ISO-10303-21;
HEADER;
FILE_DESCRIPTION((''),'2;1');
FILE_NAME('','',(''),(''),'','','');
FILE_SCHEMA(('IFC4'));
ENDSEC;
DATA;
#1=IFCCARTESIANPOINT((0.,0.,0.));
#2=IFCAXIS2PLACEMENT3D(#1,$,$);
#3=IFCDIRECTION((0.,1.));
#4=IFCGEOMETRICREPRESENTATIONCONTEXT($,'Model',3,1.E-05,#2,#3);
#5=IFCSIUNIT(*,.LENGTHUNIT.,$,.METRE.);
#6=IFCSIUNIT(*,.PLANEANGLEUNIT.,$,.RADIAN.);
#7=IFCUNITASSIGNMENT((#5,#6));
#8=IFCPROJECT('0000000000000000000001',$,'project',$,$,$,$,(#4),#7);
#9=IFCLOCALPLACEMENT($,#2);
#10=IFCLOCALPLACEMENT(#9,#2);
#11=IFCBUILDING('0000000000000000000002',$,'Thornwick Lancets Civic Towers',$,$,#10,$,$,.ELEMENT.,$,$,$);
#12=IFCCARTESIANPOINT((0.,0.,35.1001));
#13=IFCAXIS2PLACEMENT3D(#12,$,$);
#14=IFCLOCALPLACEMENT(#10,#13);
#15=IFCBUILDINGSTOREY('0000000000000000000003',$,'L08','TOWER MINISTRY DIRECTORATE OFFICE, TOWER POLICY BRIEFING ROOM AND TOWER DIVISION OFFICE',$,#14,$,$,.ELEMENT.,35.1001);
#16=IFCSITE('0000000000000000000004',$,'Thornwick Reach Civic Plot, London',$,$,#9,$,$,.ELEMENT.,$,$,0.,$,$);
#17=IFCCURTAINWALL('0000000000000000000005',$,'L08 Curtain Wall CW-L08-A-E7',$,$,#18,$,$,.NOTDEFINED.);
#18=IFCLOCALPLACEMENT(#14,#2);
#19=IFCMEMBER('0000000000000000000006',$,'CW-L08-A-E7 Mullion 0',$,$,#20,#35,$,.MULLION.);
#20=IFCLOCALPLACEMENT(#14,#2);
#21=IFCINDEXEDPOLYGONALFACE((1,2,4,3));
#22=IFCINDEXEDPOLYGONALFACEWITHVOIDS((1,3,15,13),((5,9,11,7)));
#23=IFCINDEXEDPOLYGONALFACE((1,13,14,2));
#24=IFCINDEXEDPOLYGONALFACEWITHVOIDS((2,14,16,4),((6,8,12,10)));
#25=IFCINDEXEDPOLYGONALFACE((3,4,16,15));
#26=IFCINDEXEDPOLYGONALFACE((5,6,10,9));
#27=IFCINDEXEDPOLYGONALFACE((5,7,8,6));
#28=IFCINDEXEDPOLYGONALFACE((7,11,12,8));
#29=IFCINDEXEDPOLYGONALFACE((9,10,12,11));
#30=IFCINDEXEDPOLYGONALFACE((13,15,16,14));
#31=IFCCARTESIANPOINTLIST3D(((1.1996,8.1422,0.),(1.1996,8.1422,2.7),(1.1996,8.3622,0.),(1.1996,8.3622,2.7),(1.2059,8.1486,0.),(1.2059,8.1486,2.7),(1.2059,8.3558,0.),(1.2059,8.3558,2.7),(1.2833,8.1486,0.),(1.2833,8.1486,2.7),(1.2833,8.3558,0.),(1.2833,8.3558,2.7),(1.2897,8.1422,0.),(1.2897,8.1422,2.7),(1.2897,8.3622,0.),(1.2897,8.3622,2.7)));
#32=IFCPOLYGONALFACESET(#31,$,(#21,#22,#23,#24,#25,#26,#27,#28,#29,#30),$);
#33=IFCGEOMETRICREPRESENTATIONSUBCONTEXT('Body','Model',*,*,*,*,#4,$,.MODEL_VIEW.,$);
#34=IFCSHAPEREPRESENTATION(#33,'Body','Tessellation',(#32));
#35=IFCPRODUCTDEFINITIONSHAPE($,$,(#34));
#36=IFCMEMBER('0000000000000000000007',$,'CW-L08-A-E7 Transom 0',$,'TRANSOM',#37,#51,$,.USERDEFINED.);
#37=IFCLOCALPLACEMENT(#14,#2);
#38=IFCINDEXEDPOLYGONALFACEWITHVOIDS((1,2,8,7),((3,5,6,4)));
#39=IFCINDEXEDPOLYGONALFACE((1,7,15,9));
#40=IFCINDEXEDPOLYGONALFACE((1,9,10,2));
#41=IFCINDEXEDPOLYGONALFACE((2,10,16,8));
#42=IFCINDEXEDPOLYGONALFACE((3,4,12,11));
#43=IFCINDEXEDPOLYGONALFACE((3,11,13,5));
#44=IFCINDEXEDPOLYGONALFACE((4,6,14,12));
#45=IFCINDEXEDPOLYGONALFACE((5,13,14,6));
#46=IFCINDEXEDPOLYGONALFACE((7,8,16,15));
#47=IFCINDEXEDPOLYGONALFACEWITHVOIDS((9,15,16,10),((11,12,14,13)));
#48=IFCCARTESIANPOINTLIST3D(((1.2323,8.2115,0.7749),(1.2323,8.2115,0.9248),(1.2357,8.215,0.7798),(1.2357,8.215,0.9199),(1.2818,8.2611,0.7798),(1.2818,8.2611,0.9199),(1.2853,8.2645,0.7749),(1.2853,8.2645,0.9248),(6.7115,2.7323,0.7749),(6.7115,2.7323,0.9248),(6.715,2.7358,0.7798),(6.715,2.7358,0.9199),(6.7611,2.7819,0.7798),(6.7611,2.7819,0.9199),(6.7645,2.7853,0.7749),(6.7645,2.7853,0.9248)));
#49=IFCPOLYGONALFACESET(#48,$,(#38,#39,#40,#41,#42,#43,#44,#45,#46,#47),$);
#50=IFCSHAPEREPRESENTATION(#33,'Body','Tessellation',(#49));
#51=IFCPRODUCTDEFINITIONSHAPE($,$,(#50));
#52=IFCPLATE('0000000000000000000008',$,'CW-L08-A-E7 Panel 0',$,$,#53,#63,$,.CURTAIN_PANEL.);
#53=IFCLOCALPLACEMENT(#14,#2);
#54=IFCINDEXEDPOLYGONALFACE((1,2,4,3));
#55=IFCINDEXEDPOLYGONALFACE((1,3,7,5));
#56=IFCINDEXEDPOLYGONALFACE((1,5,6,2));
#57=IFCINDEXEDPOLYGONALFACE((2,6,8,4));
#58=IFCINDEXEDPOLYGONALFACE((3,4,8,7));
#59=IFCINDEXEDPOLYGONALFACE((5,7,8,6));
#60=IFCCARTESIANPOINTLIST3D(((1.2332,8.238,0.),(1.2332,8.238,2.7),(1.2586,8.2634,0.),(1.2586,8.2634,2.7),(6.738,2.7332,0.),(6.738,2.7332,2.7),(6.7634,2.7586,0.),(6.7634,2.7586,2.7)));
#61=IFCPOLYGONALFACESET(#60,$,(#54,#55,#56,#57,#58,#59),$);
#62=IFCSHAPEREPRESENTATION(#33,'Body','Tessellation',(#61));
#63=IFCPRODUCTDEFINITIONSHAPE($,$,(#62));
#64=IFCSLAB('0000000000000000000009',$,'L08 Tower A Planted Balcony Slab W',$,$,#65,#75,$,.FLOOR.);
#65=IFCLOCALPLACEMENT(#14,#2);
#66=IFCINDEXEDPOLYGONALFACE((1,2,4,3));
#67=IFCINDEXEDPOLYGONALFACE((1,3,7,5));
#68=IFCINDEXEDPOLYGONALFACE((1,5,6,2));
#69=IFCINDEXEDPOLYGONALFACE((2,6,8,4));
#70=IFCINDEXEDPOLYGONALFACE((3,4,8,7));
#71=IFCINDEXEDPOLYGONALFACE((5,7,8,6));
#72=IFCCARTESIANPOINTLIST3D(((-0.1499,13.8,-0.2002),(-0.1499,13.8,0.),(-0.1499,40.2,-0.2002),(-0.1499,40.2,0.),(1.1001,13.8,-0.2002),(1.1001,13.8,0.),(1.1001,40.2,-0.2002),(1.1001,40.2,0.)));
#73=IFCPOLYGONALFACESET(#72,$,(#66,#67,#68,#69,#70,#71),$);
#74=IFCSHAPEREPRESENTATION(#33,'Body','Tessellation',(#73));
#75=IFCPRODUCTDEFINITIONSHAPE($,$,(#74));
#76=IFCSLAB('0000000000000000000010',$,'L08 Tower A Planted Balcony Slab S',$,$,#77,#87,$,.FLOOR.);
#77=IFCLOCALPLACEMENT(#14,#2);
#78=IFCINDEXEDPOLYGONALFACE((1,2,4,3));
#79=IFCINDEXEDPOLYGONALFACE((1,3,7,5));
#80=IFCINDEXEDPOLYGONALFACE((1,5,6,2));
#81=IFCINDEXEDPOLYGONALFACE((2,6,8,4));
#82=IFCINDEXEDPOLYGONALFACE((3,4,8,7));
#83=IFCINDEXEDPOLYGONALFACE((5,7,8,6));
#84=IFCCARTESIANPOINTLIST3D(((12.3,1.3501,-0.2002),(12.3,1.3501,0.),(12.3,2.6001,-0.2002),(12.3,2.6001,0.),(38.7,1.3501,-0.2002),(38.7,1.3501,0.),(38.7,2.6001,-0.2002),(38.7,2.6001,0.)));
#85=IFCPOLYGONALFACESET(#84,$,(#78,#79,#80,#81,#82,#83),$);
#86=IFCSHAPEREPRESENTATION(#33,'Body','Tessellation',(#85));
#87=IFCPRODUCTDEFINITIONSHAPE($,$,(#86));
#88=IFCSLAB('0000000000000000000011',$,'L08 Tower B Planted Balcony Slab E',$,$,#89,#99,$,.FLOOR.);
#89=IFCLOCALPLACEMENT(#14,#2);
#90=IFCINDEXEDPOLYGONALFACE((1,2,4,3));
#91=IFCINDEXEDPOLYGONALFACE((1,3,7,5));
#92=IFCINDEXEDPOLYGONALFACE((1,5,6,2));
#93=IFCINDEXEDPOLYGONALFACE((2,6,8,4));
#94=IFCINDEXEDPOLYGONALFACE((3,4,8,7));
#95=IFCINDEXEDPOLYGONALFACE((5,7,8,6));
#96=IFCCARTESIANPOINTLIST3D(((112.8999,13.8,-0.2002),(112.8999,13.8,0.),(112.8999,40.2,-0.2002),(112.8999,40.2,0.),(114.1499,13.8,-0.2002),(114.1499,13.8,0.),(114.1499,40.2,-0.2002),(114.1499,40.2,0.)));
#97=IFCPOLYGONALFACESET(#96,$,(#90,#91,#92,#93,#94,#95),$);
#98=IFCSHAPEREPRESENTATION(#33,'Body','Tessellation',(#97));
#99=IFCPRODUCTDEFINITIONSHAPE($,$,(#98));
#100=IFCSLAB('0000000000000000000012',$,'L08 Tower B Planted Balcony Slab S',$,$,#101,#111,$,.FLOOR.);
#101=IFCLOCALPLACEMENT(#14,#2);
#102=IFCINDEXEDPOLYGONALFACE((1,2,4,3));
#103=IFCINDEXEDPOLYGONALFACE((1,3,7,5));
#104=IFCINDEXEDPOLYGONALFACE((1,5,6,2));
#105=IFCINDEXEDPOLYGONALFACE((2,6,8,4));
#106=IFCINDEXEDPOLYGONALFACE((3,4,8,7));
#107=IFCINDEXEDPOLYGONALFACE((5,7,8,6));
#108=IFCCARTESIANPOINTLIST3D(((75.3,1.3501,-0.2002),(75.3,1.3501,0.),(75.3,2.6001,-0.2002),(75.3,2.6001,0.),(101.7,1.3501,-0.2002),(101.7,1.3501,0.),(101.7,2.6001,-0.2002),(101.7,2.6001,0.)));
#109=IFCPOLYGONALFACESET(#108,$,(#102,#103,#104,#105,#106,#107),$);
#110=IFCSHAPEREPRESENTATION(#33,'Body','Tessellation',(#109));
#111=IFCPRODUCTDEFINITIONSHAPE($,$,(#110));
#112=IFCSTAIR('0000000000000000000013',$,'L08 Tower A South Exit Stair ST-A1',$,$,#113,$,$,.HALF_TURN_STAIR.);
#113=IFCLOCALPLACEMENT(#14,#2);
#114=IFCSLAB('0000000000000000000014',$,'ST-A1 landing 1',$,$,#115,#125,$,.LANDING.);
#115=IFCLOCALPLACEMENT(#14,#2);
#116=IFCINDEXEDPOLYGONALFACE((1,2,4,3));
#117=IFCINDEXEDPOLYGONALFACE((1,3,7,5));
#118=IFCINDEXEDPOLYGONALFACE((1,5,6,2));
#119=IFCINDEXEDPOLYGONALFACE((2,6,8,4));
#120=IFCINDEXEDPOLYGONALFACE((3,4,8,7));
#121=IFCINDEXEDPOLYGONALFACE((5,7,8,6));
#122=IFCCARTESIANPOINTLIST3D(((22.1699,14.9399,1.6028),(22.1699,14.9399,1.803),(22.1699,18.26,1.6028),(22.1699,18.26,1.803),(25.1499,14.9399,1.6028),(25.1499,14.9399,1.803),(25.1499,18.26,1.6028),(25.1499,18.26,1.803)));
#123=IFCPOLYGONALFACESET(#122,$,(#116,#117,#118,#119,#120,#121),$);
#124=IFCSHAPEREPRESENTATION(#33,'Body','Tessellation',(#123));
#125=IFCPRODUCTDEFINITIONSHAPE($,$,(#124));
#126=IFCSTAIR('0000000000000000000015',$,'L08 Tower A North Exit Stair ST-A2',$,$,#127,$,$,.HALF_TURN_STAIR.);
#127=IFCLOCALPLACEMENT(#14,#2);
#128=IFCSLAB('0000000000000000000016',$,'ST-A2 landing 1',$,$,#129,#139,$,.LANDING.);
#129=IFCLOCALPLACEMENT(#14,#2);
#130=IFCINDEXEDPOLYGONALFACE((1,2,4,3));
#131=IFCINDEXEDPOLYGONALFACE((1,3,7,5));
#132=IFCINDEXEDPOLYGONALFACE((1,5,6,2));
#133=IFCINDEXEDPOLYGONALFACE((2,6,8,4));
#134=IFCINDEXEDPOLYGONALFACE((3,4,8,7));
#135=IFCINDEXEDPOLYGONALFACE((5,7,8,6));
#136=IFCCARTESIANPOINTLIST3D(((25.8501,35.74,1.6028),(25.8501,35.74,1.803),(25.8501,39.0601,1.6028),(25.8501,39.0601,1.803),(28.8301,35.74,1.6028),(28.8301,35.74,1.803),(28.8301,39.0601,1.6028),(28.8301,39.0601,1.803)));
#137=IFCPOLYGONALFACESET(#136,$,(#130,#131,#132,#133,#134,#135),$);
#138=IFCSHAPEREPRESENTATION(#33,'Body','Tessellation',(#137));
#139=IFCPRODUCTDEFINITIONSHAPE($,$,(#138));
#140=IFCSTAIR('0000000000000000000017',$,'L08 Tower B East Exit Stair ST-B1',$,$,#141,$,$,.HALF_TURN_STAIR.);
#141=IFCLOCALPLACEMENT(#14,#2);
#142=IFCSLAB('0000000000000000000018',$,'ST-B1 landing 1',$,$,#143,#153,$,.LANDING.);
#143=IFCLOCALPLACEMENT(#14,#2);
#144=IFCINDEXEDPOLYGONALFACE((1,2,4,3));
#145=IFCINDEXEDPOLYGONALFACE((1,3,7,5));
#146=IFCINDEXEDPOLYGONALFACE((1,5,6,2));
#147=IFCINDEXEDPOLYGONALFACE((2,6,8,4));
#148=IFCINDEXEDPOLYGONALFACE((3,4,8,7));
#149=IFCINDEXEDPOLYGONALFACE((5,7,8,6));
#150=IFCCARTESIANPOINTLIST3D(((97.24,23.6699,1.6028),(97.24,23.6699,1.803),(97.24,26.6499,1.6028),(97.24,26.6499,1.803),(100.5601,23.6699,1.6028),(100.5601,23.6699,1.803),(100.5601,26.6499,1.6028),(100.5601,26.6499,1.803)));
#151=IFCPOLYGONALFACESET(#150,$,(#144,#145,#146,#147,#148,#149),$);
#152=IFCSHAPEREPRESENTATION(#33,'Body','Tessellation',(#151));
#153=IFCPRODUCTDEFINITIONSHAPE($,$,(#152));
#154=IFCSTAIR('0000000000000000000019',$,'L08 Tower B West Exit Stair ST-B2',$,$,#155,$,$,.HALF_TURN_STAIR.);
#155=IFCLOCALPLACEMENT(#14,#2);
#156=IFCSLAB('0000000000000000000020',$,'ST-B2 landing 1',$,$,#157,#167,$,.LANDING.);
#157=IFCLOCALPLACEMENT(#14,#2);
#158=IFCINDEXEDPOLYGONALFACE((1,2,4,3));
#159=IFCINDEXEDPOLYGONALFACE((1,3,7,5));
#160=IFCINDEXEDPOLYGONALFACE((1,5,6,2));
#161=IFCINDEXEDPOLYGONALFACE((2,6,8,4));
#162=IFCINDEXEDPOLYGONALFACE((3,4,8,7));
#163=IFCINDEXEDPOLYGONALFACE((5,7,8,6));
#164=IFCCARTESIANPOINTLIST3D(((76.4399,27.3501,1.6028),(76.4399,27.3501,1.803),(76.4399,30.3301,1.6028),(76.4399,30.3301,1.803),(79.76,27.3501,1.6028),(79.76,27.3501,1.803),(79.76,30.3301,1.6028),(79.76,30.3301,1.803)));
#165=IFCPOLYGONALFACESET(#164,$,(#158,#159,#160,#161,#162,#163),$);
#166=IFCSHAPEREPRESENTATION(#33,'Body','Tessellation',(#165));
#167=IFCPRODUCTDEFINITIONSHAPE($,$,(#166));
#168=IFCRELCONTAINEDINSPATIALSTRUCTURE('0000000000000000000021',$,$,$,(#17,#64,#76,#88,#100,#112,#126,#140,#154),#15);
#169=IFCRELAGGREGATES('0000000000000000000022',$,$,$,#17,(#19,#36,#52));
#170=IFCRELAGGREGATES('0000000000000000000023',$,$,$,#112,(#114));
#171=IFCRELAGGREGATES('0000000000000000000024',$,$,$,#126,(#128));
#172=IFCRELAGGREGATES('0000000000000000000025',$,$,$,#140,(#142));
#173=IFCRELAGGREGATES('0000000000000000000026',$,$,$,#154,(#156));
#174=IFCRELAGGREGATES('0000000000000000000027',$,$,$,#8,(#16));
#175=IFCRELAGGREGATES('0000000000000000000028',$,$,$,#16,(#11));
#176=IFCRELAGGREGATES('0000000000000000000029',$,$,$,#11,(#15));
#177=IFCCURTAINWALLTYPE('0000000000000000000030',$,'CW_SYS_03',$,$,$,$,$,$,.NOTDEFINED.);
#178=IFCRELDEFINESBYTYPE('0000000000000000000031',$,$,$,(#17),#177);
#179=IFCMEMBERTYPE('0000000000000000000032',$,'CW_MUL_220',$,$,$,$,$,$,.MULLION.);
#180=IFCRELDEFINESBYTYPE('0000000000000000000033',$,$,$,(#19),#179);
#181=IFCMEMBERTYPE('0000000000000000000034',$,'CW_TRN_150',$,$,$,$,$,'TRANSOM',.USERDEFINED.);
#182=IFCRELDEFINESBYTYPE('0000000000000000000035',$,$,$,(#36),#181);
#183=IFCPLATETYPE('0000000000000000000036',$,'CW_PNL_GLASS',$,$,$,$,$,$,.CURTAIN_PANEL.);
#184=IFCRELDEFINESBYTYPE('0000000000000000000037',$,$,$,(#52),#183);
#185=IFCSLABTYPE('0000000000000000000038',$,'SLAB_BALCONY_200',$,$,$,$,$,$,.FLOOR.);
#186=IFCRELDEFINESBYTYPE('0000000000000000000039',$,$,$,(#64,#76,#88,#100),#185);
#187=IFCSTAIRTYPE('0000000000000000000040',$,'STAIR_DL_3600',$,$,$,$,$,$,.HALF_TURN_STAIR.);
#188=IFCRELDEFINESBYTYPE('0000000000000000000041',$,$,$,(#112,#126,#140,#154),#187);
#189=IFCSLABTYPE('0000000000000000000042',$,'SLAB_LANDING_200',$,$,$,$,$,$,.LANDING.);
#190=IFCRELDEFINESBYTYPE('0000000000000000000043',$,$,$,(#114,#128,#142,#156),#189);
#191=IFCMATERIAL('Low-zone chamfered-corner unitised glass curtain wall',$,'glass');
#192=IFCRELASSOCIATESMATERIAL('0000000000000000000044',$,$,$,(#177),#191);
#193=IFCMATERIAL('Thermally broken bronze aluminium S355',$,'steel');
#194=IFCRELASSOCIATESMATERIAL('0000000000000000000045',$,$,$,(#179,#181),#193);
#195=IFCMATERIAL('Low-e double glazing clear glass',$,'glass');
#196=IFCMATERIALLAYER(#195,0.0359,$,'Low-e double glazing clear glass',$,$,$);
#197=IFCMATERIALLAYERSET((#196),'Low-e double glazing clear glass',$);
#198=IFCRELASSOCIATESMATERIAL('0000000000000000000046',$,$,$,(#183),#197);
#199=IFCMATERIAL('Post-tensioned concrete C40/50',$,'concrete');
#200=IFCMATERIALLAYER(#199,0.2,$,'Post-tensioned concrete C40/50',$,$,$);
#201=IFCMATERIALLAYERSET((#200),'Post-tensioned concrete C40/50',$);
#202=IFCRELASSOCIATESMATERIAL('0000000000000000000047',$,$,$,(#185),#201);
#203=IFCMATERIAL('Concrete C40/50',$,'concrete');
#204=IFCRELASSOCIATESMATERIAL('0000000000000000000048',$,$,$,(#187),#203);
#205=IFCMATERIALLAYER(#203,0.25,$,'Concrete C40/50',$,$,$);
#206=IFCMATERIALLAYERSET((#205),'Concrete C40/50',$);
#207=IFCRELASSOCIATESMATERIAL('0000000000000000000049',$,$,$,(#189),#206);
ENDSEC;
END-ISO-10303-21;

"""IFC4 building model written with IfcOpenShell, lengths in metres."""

from ifc_helpers import new_model, si_unit, direction, frame, origin, origin_2d, place, context, subcontext, project, spatial, polyline, rectangle, hollow_rectangle, outline, extrude, material, layer, layer_set, material_profile, profile_set, type_object, element, aggregate, save


model = new_model("IFC4")

# Units and contexts
model_context = context("Model", 3, precision=1e-05, world=origin(), true_north=direction((0.0, 1.0)))
body_context = subcontext(model_context, "Body", "Model", "MODEL_VIEW")
ifc_project = project(units=[si_unit("LENGTHUNIT", "METRE"), si_unit("PLANEANGLEUNIT", "RADIAN")], contexts=[model_context])

# Site, building, storey
site_placement = place(None, origin())
site = spatial("IfcSite", under=ifc_project, at=site_placement, Name="Thornwick Reach Civic Plot, London", CompositionType="ELEMENT", RefElevation=0.0)
building_placement = place(site_placement, origin())
building = spatial("IfcBuilding", under=site, at=building_placement, Name="Thornwick Lancets Civic Towers", CompositionType="ELEMENT")
storey_placement = place(building_placement, frame((0.0, 0.0, 35.1001)))
storey = spatial("IfcBuildingStorey", under=building, at=storey_placement, Name="L08", Description="TOWER MINISTRY DIRECTORATE OFFICE, TOWER POLICY BRIEFING ROOM AND TOWER DIVISION OFFICE", CompositionType="ELEMENT", Elevation=35.1001)

# Curtain wall, members, plate
ifc_material_1 = material(Name="Low-zone chamfered-corner unitised glass curtain wall", Category="glass")
curtain_wall_type = type_object("IfcCurtainWallType", Name="CW_SYS_03", PredefinedType="NOTDEFINED", material=ifc_material_1)
curtain_wall_placement = place(storey_placement, origin())
curtain_wall = element("IfcCurtainWall", 1, at=curtain_wall_placement, inside=storey, type_object=curtain_wall_type, Name="L08 Curtain Wall CW-L08-A-E7", PredefinedType="NOTDEFINED")
ifc_material_2 = material(Name="Thermally broken bronze aluminium S355", Category="steel")
ifc_material_profile_1 = material_profile(ifc_material_2, hollow_rectangle(XDim=0.0901, YDim=0.22, WallThickness=0.0063, at=origin_2d()), Name="RHS 220x90x6.3")
ifc_profile_set_1 = profile_set([ifc_material_profile_1], Name="Thermally broken bronze aluminium S355")
member_type_1 = type_object("IfcMemberType", Name="CW_MUL_220", PredefinedType="MULLION", material=ifc_profile_set_1)
member_1_placement = place(storey_placement, frame((1.2446, 8.2522, 0.0), z_axis=(0.0, 0.0, 1.0), x_axis=(1.0, 0.0, 0.0)))
member_1 = element("IfcMember", 2, at=member_1_placement, type_object=member_type_1, Name="CW-L08-A-E7 Mullion 0", PredefinedType="MULLION", context=body_context, shape_type="SweptSolid", body=[
    extrude(hollow_rectangle(XDim=0.0901, YDim=0.22, WallThickness=0.0063, at=origin_2d()), origin(), (0.0, 0.0, 1.0), 2.7),
])
ifc_material_profile_2 = material_profile(ifc_material_2, hollow_rectangle(XDim=0.075, YDim=0.1499, WallThickness=0.0049, at=origin_2d()), Name="RHS 150x75x5")
ifc_profile_set_2 = profile_set([ifc_material_profile_2], Name="Thermally broken bronze aluminium S355")
member_type_2 = type_object("IfcMemberType", Name="CW_TRN_150", ElementType="TRANSOM", PredefinedType="USERDEFINED", material=ifc_profile_set_2)
member_2_placement = place(storey_placement, frame((1.2588, 8.238, 0.8499), z_axis=(0.707107, -0.707107, 0.0), x_axis=(0.707107, 0.707107, 0.0)))
member_2 = element("IfcMember", 3, at=member_2_placement, type_object=member_type_2, Name="CW-L08-A-E7 Transom 0", ObjectType="TRANSOM", PredefinedType="USERDEFINED", context=body_context, shape_type="SweptSolid", body=[
    extrude(hollow_rectangle(XDim=0.075, YDim=0.1499, WallThickness=0.0049, at=origin_2d()), origin(), (0.0, 0.0, 1.0), 7.7488),
])
ifc_material_3 = material(Name="Low-e double glazing clear glass", Category="glass")
ifc_layer_1 = layer(ifc_material_3, 0.0359, Name="Low-e double glazing clear glass")
ifc_layer_set_1 = layer_set([ifc_layer_1], Name="Low-e double glazing clear glass")
plate_type = type_object("IfcPlateType", Name="CW_PNL_GLASS", PredefinedType="CURTAIN_PANEL", material=ifc_layer_set_1)
plate_placement = place(storey_placement, frame((3.9983, 5.4983, 0.0), z_axis=(0.0, 0.0, 1.0), x_axis=(0.707107, -0.707107, 0.0)))
plate = element("IfcPlate", 4, at=plate_placement, type_object=plate_type, Name="CW-L08-A-E7 Panel 0", PredefinedType="CURTAIN_PANEL", context=body_context, shape_type="SweptSolid", body=[
    extrude(rectangle(XDim=7.7849, YDim=0.0359, at=origin_2d()), origin(), (0.0, 0.0, 1.0), 2.7),
])
aggregate(curtain_wall, [member_1, member_2, plate])

# Slabs
ifc_material_4 = material(Name="Post-tensioned concrete C40/50", Category="concrete")
ifc_layer_2 = layer(ifc_material_4, 0.2, Name="Post-tensioned concrete C40/50")
ifc_layer_set_2 = layer_set([ifc_layer_2], Name="Post-tensioned concrete C40/50")
slab_type_1 = type_object("IfcSlabType", Name="SLAB_BALCONY_200", PredefinedType="FLOOR", material=ifc_layer_set_2)
slab_1_placement = place(storey_placement, frame((0.0, 0.0, -0.2002)))
element("IfcSlab", 5, at=slab_1_placement, inside=storey, type_object=slab_type_1, Name="L08 Tower A Planted Balcony Slab W", PredefinedType="FLOOR", context=body_context, shape_type="SweptSolid", body=[
    extrude(outline(polyline([(-0.1499, 13.8), (1.1001, 13.8), (1.1001, 40.2), (-0.1499, 40.2), (-0.1499, 13.8)])), origin(), (0.0, 0.0, 1.0), 0.2002),
])
slab_2_placement = place(storey_placement, frame((0.0, 0.0, -0.2002)))
element("IfcSlab", 6, at=slab_2_placement, inside=storey, type_object=slab_type_1, Name="L08 Tower A Planted Balcony Slab S", PredefinedType="FLOOR", context=body_context, shape_type="SweptSolid", body=[
    extrude(outline(polyline([(12.3, 1.3501), (38.7, 1.3501), (38.7, 2.6001), (12.3, 2.6001), (12.3, 1.3501)])), origin(), (0.0, 0.0, 1.0), 0.2002),
])
slab_3_placement = place(storey_placement, frame((0.0, 0.0, -0.2002)))
element("IfcSlab", 7, at=slab_3_placement, inside=storey, type_object=slab_type_1, Name="L08 Tower B Planted Balcony Slab E", PredefinedType="FLOOR", context=body_context, shape_type="SweptSolid", body=[
    extrude(outline(polyline([(112.8999, 13.8), (114.1499, 13.8), (114.1499, 40.2), (112.8999, 40.2), (112.8999, 13.8)])), origin(), (0.0, 0.0, 1.0), 0.2002),
])
slab_4_placement = place(storey_placement, frame((0.0, 0.0, -0.2002)))
element("IfcSlab", 8, at=slab_4_placement, inside=storey, type_object=slab_type_1, Name="L08 Tower B Planted Balcony Slab S", PredefinedType="FLOOR", context=body_context, shape_type="SweptSolid", body=[
    extrude(outline(polyline([(75.3, 1.3501), (101.7, 1.3501), (101.7, 2.6001), (75.3, 2.6001), (75.3, 1.3501)])), origin(), (0.0, 0.0, 1.0), 0.2002),
])

# Stairs, slabs
ifc_material_5 = material(Name="Concrete C40/50", Category="concrete")
stair_type = type_object("IfcStairType", Name="STAIR_DL_3600", PredefinedType="HALF_TURN_STAIR", material=ifc_material_5)
stair_1_placement = place(storey_placement, origin())
stair_1 = element("IfcStair", 9, at=stair_1_placement, inside=storey, type_object=stair_type, Name="L08 Tower A South Exit Stair ST-A1", PredefinedType="HALF_TURN_STAIR")
ifc_layer_3 = layer(ifc_material_5, 0.25, Name="Concrete C40/50")
ifc_layer_set_3 = layer_set([ifc_layer_3], Name="Concrete C40/50")
slab_type_2 = type_object("IfcSlabType", Name="SLAB_LANDING_200", PredefinedType="LANDING", material=ifc_layer_set_3)
slab_5_placement = place(storey_placement, frame((0.0, 0.0, 1.6028)))
slab_5 = element("IfcSlab", 10, at=slab_5_placement, type_object=slab_type_2, Name="ST-A1 landing 1", PredefinedType="LANDING", context=body_context, shape_type="SweptSolid", body=[
    extrude(outline(polyline([(22.1699, 14.9399), (25.1499, 14.9399), (25.1499, 18.26), (22.1699, 18.26), (22.1699, 14.9399)])), origin(), (0.0, 0.0, 1.0), 0.2002),
])
aggregate(stair_1, [slab_5])
stair_2_placement = place(storey_placement, origin())
stair_2 = element("IfcStair", 11, at=stair_2_placement, inside=storey, type_object=stair_type, Name="L08 Tower A North Exit Stair ST-A2", PredefinedType="HALF_TURN_STAIR")
slab_6_placement = place(storey_placement, frame((0.0, 0.0, 1.6028)))
slab_6 = element("IfcSlab", 12, at=slab_6_placement, type_object=slab_type_2, Name="ST-A2 landing 1", PredefinedType="LANDING", context=body_context, shape_type="SweptSolid", body=[
    extrude(outline(polyline([(28.8301, 39.0601), (25.8501, 39.0601), (25.8501, 35.74), (28.8301, 35.74), (28.8301, 39.0601)])), origin(), (0.0, 0.0, 1.0), 0.2002),
])
aggregate(stair_2, [slab_6])
stair_3_placement = place(storey_placement, origin())
stair_3 = element("IfcStair", 13, at=stair_3_placement, inside=storey, type_object=stair_type, Name="L08 Tower B East Exit Stair ST-B1", PredefinedType="HALF_TURN_STAIR")
slab_7_placement = place(storey_placement, frame((0.0, 0.0, 1.6028)))
slab_7 = element("IfcSlab", 14, at=slab_7_placement, type_object=slab_type_2, Name="ST-B1 landing 1", PredefinedType="LANDING", context=body_context, shape_type="SweptSolid", body=[
    extrude(outline(polyline([(100.5601, 23.6699), (100.5601, 26.6499), (97.24, 26.6499), (97.24, 23.6699), (100.5601, 23.6699)])), origin(), (0.0, 0.0, 1.0), 0.2002),
])
aggregate(stair_3, [slab_7])
stair_4_placement = place(storey_placement, origin())
stair_4 = element("IfcStair", 15, at=stair_4_placement, inside=storey, type_object=stair_type, Name="L08 Tower B West Exit Stair ST-B2", PredefinedType="HALF_TURN_STAIR")
slab_8_placement = place(storey_placement, frame((0.0, 0.0, 1.6028)))
slab_8 = element("IfcSlab", 16, at=slab_8_placement, type_object=slab_type_2, Name="ST-B2 landing 1", PredefinedType="LANDING", context=body_context, shape_type="SweptSolid", body=[
    extrude(outline(polyline([(76.4399, 30.3301), (76.4399, 27.3501), (79.76, 27.3501), (79.76, 30.3301), (76.4399, 30.3301)])), origin(), (0.0, 0.0, 1.0), 0.2002),
])
aggregate(stair_4, [slab_8])

save(model, "model.ifc")
